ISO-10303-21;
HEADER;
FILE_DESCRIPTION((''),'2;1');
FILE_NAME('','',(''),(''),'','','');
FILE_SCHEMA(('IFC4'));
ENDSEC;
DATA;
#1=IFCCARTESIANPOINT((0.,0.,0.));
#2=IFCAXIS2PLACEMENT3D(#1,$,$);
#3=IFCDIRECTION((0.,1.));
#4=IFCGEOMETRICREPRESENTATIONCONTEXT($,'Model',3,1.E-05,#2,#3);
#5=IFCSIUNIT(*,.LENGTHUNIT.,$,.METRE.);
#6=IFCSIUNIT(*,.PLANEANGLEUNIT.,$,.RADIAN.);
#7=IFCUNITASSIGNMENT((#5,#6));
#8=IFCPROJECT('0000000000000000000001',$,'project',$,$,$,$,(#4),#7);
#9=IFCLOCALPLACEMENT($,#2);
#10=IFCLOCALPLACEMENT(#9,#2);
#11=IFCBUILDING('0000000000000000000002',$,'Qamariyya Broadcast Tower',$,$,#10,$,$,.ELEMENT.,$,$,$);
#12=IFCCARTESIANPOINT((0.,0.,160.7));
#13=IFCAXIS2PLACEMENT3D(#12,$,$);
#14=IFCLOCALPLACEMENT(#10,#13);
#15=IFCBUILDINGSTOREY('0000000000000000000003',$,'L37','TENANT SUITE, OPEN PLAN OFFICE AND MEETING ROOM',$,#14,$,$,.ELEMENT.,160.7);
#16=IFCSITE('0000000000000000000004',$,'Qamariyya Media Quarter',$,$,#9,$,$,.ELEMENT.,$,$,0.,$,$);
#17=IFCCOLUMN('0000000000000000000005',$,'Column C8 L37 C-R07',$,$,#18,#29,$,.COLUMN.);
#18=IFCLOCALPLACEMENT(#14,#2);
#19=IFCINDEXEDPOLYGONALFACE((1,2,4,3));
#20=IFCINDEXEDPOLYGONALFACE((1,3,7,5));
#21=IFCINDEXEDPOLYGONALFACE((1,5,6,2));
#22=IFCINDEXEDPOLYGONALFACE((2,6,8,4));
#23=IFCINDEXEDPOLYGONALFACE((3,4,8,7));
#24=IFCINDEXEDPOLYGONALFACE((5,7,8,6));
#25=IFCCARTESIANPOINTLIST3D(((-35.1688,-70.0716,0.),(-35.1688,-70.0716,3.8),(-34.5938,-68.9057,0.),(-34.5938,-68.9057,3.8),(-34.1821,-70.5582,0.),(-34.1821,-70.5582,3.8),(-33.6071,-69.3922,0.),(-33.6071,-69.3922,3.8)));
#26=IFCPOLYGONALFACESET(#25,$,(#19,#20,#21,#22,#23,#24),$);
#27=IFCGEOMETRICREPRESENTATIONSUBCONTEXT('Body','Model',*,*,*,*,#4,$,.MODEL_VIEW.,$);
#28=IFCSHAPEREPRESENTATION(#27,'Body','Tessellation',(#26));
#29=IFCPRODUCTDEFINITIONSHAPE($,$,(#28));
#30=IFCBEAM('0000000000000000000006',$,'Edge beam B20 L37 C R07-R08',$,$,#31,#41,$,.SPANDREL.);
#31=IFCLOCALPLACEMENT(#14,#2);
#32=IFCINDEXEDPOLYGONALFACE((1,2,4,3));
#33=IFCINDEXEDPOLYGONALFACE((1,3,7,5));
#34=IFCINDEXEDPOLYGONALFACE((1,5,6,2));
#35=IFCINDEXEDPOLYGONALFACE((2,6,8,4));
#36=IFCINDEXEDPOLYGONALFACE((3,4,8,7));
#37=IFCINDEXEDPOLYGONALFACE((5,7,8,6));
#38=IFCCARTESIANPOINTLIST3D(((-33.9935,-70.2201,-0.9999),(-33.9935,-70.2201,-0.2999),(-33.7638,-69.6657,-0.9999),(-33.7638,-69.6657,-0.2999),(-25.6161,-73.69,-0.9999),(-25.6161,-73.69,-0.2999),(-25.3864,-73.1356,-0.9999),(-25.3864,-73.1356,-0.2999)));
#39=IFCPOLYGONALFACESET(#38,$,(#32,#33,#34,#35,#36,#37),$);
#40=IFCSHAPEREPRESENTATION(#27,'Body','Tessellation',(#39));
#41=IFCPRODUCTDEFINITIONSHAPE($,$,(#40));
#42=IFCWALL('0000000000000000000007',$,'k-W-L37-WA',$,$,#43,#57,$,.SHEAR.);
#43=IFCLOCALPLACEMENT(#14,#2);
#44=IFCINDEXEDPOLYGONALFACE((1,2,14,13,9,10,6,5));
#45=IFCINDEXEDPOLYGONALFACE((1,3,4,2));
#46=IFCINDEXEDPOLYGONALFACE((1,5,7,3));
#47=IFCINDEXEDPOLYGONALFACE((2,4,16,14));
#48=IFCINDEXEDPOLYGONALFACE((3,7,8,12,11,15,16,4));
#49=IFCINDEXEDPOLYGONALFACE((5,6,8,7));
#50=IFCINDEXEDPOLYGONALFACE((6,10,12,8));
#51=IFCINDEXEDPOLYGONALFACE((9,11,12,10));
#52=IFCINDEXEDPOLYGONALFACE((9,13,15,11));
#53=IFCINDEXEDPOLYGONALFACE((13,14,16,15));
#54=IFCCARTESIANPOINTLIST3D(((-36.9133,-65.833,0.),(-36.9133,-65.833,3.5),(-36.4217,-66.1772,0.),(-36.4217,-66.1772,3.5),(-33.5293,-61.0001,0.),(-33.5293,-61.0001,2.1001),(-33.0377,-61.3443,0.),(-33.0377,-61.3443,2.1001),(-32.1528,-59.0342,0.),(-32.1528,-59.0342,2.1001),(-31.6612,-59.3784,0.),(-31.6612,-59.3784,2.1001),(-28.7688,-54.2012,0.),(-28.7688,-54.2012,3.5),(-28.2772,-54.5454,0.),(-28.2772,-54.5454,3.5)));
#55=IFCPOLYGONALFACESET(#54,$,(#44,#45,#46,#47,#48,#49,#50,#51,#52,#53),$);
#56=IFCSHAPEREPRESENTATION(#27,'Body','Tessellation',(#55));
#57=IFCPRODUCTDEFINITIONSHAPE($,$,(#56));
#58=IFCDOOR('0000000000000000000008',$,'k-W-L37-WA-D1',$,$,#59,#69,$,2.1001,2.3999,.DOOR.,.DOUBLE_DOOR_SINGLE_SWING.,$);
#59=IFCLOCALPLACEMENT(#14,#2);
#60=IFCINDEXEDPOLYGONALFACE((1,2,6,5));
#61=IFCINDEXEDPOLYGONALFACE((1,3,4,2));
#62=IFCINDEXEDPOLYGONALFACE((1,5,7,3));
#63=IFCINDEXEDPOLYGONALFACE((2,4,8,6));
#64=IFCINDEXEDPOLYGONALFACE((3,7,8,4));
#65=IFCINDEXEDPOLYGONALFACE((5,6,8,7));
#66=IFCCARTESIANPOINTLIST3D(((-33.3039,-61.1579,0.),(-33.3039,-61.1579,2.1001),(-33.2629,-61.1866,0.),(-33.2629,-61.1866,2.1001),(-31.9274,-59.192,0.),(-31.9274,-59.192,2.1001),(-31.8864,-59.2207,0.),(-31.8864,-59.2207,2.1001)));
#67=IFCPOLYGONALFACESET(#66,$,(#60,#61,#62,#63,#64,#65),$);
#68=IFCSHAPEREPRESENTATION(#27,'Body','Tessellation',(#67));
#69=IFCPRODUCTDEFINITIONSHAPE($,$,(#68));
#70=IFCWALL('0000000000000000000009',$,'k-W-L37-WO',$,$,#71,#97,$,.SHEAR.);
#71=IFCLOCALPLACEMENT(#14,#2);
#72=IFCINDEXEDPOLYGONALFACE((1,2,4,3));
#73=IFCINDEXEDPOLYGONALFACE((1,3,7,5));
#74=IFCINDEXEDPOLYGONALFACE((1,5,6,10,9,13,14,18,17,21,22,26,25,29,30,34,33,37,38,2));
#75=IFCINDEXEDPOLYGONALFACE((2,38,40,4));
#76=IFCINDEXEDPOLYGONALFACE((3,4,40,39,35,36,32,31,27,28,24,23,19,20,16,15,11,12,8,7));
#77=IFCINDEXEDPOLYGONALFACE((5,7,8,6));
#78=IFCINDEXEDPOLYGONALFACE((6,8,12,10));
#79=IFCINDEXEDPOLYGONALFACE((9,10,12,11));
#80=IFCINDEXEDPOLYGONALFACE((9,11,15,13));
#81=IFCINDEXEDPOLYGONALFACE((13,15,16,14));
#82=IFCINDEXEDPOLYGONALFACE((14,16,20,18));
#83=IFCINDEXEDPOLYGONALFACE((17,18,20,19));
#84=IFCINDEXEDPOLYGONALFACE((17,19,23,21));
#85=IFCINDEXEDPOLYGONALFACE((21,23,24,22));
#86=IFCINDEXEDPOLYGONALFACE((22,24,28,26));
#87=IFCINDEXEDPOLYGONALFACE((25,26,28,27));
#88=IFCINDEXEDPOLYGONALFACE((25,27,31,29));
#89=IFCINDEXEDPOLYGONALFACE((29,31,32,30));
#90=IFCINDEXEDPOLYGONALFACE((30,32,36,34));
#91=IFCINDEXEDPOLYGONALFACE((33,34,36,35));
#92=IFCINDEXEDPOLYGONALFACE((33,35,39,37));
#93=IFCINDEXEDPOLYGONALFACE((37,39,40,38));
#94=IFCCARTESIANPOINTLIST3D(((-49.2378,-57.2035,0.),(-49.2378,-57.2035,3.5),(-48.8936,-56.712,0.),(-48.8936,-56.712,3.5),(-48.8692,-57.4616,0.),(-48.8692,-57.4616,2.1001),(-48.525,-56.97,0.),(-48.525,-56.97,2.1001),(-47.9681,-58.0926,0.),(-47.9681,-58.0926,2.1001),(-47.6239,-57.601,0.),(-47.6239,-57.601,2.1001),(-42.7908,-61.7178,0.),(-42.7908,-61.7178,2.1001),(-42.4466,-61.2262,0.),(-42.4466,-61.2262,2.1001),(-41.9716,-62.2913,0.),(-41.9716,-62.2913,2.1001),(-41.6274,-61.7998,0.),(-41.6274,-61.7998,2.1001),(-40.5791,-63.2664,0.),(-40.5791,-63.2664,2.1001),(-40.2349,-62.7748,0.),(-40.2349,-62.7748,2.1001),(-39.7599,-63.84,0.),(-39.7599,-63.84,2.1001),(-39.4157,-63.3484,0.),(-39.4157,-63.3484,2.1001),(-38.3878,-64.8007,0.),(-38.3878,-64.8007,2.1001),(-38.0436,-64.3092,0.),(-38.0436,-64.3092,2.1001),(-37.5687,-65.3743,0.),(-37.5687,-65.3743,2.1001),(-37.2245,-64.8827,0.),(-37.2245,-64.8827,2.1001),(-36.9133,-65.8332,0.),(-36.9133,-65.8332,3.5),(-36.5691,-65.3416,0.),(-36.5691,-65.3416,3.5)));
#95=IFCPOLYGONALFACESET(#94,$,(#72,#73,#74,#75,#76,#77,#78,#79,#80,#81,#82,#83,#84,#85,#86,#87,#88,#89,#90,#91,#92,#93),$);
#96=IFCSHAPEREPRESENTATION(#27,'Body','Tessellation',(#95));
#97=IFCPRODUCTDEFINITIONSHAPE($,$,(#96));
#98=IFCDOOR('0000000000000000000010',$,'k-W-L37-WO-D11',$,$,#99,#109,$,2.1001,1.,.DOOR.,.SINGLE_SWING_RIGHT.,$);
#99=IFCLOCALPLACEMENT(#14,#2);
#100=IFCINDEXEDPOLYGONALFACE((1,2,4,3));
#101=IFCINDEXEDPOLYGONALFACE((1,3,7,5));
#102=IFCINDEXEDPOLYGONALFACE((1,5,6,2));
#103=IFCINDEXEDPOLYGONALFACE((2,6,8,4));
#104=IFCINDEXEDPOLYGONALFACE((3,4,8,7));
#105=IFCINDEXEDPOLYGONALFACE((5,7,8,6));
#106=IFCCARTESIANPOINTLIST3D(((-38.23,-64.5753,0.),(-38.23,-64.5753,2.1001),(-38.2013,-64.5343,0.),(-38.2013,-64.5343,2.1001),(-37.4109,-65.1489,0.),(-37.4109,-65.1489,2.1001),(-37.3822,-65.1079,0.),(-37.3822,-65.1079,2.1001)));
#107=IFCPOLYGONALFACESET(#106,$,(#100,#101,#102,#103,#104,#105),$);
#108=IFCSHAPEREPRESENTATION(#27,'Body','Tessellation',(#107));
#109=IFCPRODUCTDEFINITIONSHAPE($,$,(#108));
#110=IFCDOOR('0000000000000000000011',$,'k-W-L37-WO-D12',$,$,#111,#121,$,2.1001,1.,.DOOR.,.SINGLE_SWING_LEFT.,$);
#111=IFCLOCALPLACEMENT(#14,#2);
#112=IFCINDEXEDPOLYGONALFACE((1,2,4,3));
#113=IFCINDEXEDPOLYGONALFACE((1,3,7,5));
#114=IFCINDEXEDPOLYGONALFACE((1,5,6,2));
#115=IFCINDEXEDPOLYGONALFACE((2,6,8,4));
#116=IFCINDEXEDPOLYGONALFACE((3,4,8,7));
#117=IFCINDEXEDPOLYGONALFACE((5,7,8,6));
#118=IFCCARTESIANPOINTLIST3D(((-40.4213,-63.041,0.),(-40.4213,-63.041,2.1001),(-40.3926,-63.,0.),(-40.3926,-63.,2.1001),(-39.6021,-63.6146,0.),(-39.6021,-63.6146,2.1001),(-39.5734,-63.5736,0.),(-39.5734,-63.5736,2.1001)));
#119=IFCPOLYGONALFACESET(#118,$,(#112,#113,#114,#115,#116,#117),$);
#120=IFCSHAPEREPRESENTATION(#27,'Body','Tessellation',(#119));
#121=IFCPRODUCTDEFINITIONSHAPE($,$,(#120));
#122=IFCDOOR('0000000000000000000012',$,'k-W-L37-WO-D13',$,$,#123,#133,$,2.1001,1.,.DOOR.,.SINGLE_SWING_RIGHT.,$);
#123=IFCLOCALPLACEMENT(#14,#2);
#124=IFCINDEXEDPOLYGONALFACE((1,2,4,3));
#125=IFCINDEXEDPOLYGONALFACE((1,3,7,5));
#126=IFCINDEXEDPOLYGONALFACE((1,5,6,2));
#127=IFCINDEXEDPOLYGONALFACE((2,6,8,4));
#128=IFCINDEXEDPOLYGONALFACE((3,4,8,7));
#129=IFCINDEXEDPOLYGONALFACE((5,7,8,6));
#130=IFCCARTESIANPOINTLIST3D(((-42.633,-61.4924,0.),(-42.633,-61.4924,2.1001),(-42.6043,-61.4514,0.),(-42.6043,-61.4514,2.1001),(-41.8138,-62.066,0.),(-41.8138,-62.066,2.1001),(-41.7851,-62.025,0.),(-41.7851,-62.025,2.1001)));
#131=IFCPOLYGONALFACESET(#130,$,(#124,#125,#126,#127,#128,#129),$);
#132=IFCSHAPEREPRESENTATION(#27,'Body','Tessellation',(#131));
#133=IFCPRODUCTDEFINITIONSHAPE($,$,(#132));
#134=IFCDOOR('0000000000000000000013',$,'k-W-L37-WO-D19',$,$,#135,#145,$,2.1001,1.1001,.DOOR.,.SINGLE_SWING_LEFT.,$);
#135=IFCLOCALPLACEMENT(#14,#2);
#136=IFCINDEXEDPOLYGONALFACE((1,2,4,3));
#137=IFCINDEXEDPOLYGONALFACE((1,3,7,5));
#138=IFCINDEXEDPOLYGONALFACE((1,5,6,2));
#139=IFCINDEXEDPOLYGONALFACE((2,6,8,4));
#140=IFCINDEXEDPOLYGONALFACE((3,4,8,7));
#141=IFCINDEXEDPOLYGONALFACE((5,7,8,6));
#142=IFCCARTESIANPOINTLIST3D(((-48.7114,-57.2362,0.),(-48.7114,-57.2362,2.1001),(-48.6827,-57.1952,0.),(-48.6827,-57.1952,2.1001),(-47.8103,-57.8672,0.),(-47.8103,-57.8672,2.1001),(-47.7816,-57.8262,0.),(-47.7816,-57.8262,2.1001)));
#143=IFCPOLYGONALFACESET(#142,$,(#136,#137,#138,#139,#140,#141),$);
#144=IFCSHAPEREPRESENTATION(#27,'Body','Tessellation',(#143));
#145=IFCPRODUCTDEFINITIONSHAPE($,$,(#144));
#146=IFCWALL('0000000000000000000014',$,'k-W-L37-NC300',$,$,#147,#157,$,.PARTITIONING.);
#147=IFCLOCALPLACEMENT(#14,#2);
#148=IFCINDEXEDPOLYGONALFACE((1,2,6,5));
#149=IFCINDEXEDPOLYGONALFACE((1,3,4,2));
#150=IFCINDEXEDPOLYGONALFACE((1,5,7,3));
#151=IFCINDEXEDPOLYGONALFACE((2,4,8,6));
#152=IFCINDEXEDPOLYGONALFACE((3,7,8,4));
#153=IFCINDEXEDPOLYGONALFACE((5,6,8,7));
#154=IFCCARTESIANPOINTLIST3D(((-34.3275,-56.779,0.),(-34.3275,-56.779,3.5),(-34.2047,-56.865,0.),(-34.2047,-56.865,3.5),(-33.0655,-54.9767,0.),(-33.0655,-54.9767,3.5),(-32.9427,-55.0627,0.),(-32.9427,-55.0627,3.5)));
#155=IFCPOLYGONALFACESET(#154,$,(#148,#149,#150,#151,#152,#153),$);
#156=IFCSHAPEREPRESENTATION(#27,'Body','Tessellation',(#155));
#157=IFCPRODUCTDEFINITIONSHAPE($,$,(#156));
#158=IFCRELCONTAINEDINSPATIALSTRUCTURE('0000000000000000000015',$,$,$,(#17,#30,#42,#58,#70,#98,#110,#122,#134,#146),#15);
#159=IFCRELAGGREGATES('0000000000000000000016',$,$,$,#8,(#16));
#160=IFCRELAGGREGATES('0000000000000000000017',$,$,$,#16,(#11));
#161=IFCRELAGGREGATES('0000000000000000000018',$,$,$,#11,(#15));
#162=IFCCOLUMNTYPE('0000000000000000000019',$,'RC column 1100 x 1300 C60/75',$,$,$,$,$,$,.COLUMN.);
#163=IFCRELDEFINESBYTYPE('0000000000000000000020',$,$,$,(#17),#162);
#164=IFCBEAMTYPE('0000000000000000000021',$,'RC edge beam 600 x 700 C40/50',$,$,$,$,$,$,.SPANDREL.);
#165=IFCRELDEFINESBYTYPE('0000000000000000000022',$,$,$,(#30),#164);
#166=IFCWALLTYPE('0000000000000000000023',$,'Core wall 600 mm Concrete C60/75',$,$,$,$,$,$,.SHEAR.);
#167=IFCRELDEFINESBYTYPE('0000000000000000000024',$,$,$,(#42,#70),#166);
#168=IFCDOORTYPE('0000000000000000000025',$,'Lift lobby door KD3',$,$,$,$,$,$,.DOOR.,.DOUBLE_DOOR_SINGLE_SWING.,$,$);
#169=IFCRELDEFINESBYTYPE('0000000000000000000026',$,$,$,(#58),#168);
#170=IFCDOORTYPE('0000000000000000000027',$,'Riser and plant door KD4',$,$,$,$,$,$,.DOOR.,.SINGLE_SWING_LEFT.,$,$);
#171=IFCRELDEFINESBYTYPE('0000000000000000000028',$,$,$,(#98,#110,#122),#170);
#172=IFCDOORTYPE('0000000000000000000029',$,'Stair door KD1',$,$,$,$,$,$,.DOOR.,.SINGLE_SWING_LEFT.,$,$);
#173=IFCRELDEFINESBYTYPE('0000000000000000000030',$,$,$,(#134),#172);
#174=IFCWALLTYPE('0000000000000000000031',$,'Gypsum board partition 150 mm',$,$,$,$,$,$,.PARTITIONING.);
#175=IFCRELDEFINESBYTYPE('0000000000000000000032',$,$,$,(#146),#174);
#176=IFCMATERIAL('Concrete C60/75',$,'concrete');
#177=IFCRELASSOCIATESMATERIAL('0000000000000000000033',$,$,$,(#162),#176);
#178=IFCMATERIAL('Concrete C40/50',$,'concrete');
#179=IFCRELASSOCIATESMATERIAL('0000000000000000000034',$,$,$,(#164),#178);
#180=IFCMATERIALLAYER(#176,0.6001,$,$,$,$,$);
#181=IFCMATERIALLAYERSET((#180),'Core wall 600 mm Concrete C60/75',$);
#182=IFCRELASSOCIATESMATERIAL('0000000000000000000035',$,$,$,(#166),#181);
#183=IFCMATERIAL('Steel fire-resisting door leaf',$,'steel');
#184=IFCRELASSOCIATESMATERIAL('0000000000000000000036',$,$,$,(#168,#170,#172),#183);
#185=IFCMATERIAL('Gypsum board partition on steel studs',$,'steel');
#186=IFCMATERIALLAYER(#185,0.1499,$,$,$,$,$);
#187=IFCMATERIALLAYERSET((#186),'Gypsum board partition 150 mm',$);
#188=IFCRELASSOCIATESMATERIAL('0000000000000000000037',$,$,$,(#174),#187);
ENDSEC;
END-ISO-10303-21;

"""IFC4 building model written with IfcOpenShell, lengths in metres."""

from ifc_helpers import new_model, si_unit, direction, frame, frame_2d, origin, origin_2d, place, context, subcontext, project, spatial, rectangle, extrude, material, layer, layer_set, material_profile, profile_set, type_object, element, fill, save


model = new_model("IFC4")

# Units and contexts
model_context = context("Model", 3, precision=1e-05, world=origin(), true_north=direction((0.0, 1.0)))
body_context = subcontext(model_context, "Body", "Model", "MODEL_VIEW")
ifc_project = project(units=[si_unit("LENGTHUNIT", "METRE"), si_unit("PLANEANGLEUNIT", "RADIAN")], contexts=[model_context])

# Site, building, storey
site_placement = place(None, origin())
site = spatial("IfcSite", under=ifc_project, at=site_placement, Name="Qamariyya Media Quarter", CompositionType="ELEMENT", RefElevation=0.0)
building_placement = place(site_placement, origin())
building = spatial("IfcBuilding", under=site, at=building_placement, Name="Qamariyya Broadcast Tower", CompositionType="ELEMENT")
storey_placement = place(building_placement, frame((0.0, 0.0, 160.7)))
storey = spatial("IfcBuildingStorey", under=building, at=storey_placement, Name="L37", Description="TENANT SUITE, OPEN PLAN OFFICE AND MEETING ROOM", CompositionType="ELEMENT", Elevation=160.7)

# Column
ifc_material_1 = material(Name="Concrete C60/75", Category="concrete")
ifc_material_profile_1 = material_profile(ifc_material_1, rectangle(XDim=1.1001, YDim=1.3, at=origin_2d()))
ifc_profile_set_1 = profile_set([ifc_material_profile_1], Name="Concrete C60/75")
column_type = type_object("IfcColumnType", Name="RC column 1100 x 1300 C60/75", PredefinedType="COLUMN", material=ifc_profile_set_1)
column_placement = place(storey_placement, frame((-34.3879, -69.7319, 0.0), z_axis=(0.0, 0.0, 1.0), x_axis=(0.896873, -0.442289, 0.0)))
element("IfcColumn", 1, at=column_placement, inside=storey, type_object=column_type, Name="Column C8 L37 C-R07", PredefinedType="COLUMN", context=body_context, shape_type="SweptSolid", body=[
    extrude(rectangle(XDim=1.1001, YDim=1.3, at=origin_2d()), origin(), (0.0, 0.0, 1.0), 3.8),
])

# Beam
ifc_material_2 = material(Name="Concrete C40/50", Category="concrete")
ifc_material_profile_2 = material_profile(ifc_material_2, rectangle(XDim=0.6001, YDim=0.7, at=origin_2d()))
ifc_profile_set_2 = profile_set([ifc_material_profile_2], Name="Concrete C40/50")
beam_type = type_object("IfcBeamType", Name="RC edge beam 600 x 700 C40/50", PredefinedType="SPANDREL", material=ifc_profile_set_2)
beam_placement = place(storey_placement, frame((-33.8787, -69.9429, -0.6499), z_axis=(0.923883, -0.382676, 0.0), x_axis=(0.382676, 0.923883, 0.0)))
element("IfcBeam", 2, at=beam_placement, inside=storey, type_object=beam_type, Name="Edge beam B20 L37 C R07-R08", PredefinedType="SPANDREL", context=body_context, shape_type="SweptSolid", body=[
    extrude(rectangle(XDim=0.6001, YDim=0.7, at=origin_2d()), origin(), (0.0, 0.0, 1.0), 9.0676),
])

# Wall, opening, door
ifc_layer_1 = layer(ifc_material_1, 0.6001)
ifc_layer_set_1 = layer_set([ifc_layer_1], Name="Core wall 600 mm Concrete C60/75")
wall_type_1 = type_object("IfcWallType", Name="Core wall 600 mm Concrete C60/75", PredefinedType="SHEAR", material=ifc_layer_set_1)
wall_1_placement = place(storey_placement, frame((-36.6675, -66.0051, 0.0), z_axis=(0.0, 0.0, 1.0), x_axis=(0.573568, 0.819158, 0.0)))
wall_1 = element("IfcWall", 3, at=wall_1_placement, inside=storey, type_object=wall_type_1, Name="k-W-L37-WA", PredefinedType="SHEAR", context=body_context, shape_type="SweptSolid", body=[
    extrude(rectangle(XDim=14.1997, YDim=0.6001, at=frame_2d((7.0999, 0.0))), origin(), (0.0, 0.0, 1.0), 3.5),
])
opening_1_placement = place(wall_1_placement, frame((5.8999, 0.0, 0.0)))
opening_1 = element("IfcOpeningElement", 4, at=opening_1_placement, cuts=wall_1, PredefinedType="OPENING", context=body_context, shape_type="SweptSolid", body=[
    extrude(rectangle(XDim=2.3999, YDim=2.1001, at=frame_2d((1.2, 1.05))), frame((0.0, 0.3101, 0.0), z_axis=(0.0, -1.0, 0.0), x_axis=(1.0, 0.0, 0.0)), (0.0, 0.0, 1.0), 0.6201),
])
ifc_material_3 = material(Name="Steel fire-resisting door leaf", Category="steel")
door_type_1 = type_object("IfcDoorType", Name="Lift lobby door KD3", OperationType="DOUBLE_DOOR_SINGLE_SWING", PredefinedType="DOOR", material=ifc_material_3)
door_1_placement = place(opening_1_placement, origin())
door_1 = element("IfcDoor", 5, at=door_1_placement, inside=storey, type_object=door_type_1, Name="k-W-L37-WA-D1", OperationType="DOUBLE_DOOR_SINGLE_SWING", OverallHeight=2.1001, OverallWidth=2.3999, PredefinedType="DOOR", context=body_context, shape_type="SweptSolid", body=[
    extrude(rectangle(XDim=2.3999, YDim=2.1001, at=frame_2d((1.2, 1.05))), frame((0.0, 0.0249, 0.0), z_axis=(0.0, -1.0, 0.0), x_axis=(1.0, 0.0, 0.0)), (0.0, 0.0, 1.0), 0.05),
])
fill(opening_1, door_1)

# Wall, openings, doors
wall_2_placement = place(storey_placement, frame((-36.7412, -65.5874, 0.0), z_axis=(0.0, 0.0, 1.0), x_axis=(-0.819153, 0.573575, 0.0)))
wall_2 = element("IfcWall", 6, at=wall_2_placement, inside=storey, type_object=wall_type_1, Name="k-W-L37-WO", PredefinedType="SHEAR", context=body_context, shape_type="SweptSolid", body=[
    extrude(rectangle(XDim=15.0454, YDim=0.6001, at=frame_2d((7.5227, 0.0))), origin(), (0.0, 0.0, 1.0), 3.5),
])
opening_2_placement = place(wall_2_placement, frame((0.8, 0.0, 0.0)))
opening_2 = element("IfcOpeningElement", 7, at=opening_2_placement, cuts=wall_2, PredefinedType="OPENING", context=body_context, shape_type="SweptSolid", body=[
    extrude(rectangle(XDim=1.0, YDim=2.1001, at=frame_2d((0.5, 1.05))), frame((0.0, 0.3101, 0.0), z_axis=(0.0, -1.0, 0.0), x_axis=(1.0, 0.0, 0.0)), (0.0, 0.0, 1.0), 0.6201),
])
opening_3_placement = place(wall_2_placement, frame((3.4751, 0.0, 0.0)))
opening_3 = element("IfcOpeningElement", 8, at=opening_3_placement, cuts=wall_2, PredefinedType="OPENING", context=body_context, shape_type="SweptSolid", body=[
    extrude(rectangle(XDim=1.0, YDim=2.1001, at=frame_2d((0.5, 1.05))), frame((0.0, 0.3101, 0.0), z_axis=(0.0, -1.0, 0.0), x_axis=(1.0, 0.0, 0.0)), (0.0, 0.0, 1.0), 0.6201),
])
opening_4_placement = place(wall_2_placement, frame((6.175, 0.0, 0.0)))
opening_4 = element("IfcOpeningElement", 9, at=opening_4_placement, cuts=wall_2, PredefinedType="OPENING", context=body_context, shape_type="SweptSolid", body=[
    extrude(rectangle(XDim=1.0, YDim=2.1001, at=frame_2d((0.5, 1.05))), frame((0.0, 0.3101, 0.0), z_axis=(0.0, -1.0, 0.0), x_axis=(1.0, 0.0, 0.0)), (0.0, 0.0, 1.0), 0.6201),
])
opening_5_placement = place(wall_2_placement, frame((13.4954, 0.0, 0.0)))
opening_5 = element("IfcOpeningElement", 10, at=opening_5_placement, cuts=wall_2, PredefinedType="OPENING", context=body_context, shape_type="SweptSolid", body=[
    extrude(rectangle(XDim=1.1001, YDim=2.1001, at=frame_2d((0.55, 1.05))), frame((0.0, 0.3101, 0.0), z_axis=(0.0, -1.0, 0.0), x_axis=(1.0, 0.0, 0.0)), (0.0, 0.0, 1.0), 0.6201),
])
door_type_2 = type_object("IfcDoorType", Name="Riser and plant door KD4", OperationType="SINGLE_SWING_LEFT", PredefinedType="DOOR", material=ifc_material_3)
door_2_placement = place(opening_2_placement, origin())
door_2 = element("IfcDoor", 11, at=door_2_placement, inside=storey, type_object=door_type_2, Name="k-W-L37-WO-D11", OperationType="SINGLE_SWING_RIGHT", OverallHeight=2.1001, OverallWidth=1.0, PredefinedType="DOOR", context=body_context, shape_type="SweptSolid", body=[
    extrude(rectangle(XDim=1.0, YDim=2.1001, at=frame_2d((0.5, 1.05))), frame((0.0, 0.0249, 0.0), z_axis=(0.0, -1.0, 0.0), x_axis=(1.0, 0.0, 0.0)), (0.0, 0.0, 1.0), 0.05),
])
fill(opening_2, door_2)
door_3_placement = place(opening_3_placement, origin())
door_3 = element("IfcDoor", 12, at=door_3_placement, inside=storey, type_object=door_type_2, Name="k-W-L37-WO-D12", OperationType="SINGLE_SWING_LEFT", OverallHeight=2.1001, OverallWidth=1.0, PredefinedType="DOOR", context=body_context, shape_type="SweptSolid", body=[
    extrude(rectangle(XDim=1.0, YDim=2.1001, at=frame_2d((0.5, 1.05))), frame((0.0, 0.0249, 0.0), z_axis=(0.0, -1.0, 0.0), x_axis=(1.0, 0.0, 0.0)), (0.0, 0.0, 1.0), 0.05),
])
fill(opening_3, door_3)
door_4_placement = place(opening_4_placement, origin())
door_4 = element("IfcDoor", 13, at=door_4_placement, inside=storey, type_object=door_type_2, Name="k-W-L37-WO-D13", OperationType="SINGLE_SWING_RIGHT", OverallHeight=2.1001, OverallWidth=1.0, PredefinedType="DOOR", context=body_context, shape_type="SweptSolid", body=[
    extrude(rectangle(XDim=1.0, YDim=2.1001, at=frame_2d((0.5, 1.05))), frame((0.0, 0.0249, 0.0), z_axis=(0.0, -1.0, 0.0), x_axis=(1.0, 0.0, 0.0)), (0.0, 0.0, 1.0), 0.05),
])
fill(opening_4, door_4)
door_type_3 = type_object("IfcDoorType", Name="Stair door KD1", OperationType="SINGLE_SWING_LEFT", PredefinedType="DOOR", material=ifc_material_3)
door_5_placement = place(opening_5_placement, origin())
door_5 = element("IfcDoor", 14, at=door_5_placement, inside=storey, type_object=door_type_3, Name="k-W-L37-WO-D19", OperationType="SINGLE_SWING_LEFT", OverallHeight=2.1001, OverallWidth=1.1001, PredefinedType="DOOR", context=body_context, shape_type="SweptSolid", body=[
    extrude(rectangle(XDim=1.1001, YDim=2.1001, at=frame_2d((0.55, 1.05))), frame((0.0, 0.0249, 0.0), z_axis=(0.0, -1.0, 0.0), x_axis=(1.0, 0.0, 0.0)), (0.0, 0.0, 1.0), 0.05),
])
fill(opening_5, door_5)

# Wall
ifc_material_4 = material(Name="Gypsum board partition on steel studs", Category="steel")
ifc_layer_2 = layer(ifc_material_4, 0.1499)
ifc_layer_set_2 = layer_set([ifc_layer_2], Name="Gypsum board partition 150 mm")
wall_type_2 = type_object("IfcWallType", Name="Gypsum board partition 150 mm", PredefinedType="PARTITIONING", material=ifc_layer_set_2)
wall_3_placement = place(storey_placement, frame((-34.2661, -56.822, 0.0), z_axis=(0.0, 0.0, 1.0), x_axis=(0.573581, 0.819149, 0.0)))
element("IfcWall", 15, at=wall_3_placement, inside=storey, type_object=wall_type_2, Name="k-W-L37-NC300", PredefinedType="PARTITIONING", context=body_context, shape_type="SweptSolid", body=[
    extrude(rectangle(XDim=2.2002, YDim=0.1499, at=frame_2d((1.1001, 0.0))), origin(), (0.0, 0.0, 1.0), 3.5),
])

save(model, "model.ifc")
